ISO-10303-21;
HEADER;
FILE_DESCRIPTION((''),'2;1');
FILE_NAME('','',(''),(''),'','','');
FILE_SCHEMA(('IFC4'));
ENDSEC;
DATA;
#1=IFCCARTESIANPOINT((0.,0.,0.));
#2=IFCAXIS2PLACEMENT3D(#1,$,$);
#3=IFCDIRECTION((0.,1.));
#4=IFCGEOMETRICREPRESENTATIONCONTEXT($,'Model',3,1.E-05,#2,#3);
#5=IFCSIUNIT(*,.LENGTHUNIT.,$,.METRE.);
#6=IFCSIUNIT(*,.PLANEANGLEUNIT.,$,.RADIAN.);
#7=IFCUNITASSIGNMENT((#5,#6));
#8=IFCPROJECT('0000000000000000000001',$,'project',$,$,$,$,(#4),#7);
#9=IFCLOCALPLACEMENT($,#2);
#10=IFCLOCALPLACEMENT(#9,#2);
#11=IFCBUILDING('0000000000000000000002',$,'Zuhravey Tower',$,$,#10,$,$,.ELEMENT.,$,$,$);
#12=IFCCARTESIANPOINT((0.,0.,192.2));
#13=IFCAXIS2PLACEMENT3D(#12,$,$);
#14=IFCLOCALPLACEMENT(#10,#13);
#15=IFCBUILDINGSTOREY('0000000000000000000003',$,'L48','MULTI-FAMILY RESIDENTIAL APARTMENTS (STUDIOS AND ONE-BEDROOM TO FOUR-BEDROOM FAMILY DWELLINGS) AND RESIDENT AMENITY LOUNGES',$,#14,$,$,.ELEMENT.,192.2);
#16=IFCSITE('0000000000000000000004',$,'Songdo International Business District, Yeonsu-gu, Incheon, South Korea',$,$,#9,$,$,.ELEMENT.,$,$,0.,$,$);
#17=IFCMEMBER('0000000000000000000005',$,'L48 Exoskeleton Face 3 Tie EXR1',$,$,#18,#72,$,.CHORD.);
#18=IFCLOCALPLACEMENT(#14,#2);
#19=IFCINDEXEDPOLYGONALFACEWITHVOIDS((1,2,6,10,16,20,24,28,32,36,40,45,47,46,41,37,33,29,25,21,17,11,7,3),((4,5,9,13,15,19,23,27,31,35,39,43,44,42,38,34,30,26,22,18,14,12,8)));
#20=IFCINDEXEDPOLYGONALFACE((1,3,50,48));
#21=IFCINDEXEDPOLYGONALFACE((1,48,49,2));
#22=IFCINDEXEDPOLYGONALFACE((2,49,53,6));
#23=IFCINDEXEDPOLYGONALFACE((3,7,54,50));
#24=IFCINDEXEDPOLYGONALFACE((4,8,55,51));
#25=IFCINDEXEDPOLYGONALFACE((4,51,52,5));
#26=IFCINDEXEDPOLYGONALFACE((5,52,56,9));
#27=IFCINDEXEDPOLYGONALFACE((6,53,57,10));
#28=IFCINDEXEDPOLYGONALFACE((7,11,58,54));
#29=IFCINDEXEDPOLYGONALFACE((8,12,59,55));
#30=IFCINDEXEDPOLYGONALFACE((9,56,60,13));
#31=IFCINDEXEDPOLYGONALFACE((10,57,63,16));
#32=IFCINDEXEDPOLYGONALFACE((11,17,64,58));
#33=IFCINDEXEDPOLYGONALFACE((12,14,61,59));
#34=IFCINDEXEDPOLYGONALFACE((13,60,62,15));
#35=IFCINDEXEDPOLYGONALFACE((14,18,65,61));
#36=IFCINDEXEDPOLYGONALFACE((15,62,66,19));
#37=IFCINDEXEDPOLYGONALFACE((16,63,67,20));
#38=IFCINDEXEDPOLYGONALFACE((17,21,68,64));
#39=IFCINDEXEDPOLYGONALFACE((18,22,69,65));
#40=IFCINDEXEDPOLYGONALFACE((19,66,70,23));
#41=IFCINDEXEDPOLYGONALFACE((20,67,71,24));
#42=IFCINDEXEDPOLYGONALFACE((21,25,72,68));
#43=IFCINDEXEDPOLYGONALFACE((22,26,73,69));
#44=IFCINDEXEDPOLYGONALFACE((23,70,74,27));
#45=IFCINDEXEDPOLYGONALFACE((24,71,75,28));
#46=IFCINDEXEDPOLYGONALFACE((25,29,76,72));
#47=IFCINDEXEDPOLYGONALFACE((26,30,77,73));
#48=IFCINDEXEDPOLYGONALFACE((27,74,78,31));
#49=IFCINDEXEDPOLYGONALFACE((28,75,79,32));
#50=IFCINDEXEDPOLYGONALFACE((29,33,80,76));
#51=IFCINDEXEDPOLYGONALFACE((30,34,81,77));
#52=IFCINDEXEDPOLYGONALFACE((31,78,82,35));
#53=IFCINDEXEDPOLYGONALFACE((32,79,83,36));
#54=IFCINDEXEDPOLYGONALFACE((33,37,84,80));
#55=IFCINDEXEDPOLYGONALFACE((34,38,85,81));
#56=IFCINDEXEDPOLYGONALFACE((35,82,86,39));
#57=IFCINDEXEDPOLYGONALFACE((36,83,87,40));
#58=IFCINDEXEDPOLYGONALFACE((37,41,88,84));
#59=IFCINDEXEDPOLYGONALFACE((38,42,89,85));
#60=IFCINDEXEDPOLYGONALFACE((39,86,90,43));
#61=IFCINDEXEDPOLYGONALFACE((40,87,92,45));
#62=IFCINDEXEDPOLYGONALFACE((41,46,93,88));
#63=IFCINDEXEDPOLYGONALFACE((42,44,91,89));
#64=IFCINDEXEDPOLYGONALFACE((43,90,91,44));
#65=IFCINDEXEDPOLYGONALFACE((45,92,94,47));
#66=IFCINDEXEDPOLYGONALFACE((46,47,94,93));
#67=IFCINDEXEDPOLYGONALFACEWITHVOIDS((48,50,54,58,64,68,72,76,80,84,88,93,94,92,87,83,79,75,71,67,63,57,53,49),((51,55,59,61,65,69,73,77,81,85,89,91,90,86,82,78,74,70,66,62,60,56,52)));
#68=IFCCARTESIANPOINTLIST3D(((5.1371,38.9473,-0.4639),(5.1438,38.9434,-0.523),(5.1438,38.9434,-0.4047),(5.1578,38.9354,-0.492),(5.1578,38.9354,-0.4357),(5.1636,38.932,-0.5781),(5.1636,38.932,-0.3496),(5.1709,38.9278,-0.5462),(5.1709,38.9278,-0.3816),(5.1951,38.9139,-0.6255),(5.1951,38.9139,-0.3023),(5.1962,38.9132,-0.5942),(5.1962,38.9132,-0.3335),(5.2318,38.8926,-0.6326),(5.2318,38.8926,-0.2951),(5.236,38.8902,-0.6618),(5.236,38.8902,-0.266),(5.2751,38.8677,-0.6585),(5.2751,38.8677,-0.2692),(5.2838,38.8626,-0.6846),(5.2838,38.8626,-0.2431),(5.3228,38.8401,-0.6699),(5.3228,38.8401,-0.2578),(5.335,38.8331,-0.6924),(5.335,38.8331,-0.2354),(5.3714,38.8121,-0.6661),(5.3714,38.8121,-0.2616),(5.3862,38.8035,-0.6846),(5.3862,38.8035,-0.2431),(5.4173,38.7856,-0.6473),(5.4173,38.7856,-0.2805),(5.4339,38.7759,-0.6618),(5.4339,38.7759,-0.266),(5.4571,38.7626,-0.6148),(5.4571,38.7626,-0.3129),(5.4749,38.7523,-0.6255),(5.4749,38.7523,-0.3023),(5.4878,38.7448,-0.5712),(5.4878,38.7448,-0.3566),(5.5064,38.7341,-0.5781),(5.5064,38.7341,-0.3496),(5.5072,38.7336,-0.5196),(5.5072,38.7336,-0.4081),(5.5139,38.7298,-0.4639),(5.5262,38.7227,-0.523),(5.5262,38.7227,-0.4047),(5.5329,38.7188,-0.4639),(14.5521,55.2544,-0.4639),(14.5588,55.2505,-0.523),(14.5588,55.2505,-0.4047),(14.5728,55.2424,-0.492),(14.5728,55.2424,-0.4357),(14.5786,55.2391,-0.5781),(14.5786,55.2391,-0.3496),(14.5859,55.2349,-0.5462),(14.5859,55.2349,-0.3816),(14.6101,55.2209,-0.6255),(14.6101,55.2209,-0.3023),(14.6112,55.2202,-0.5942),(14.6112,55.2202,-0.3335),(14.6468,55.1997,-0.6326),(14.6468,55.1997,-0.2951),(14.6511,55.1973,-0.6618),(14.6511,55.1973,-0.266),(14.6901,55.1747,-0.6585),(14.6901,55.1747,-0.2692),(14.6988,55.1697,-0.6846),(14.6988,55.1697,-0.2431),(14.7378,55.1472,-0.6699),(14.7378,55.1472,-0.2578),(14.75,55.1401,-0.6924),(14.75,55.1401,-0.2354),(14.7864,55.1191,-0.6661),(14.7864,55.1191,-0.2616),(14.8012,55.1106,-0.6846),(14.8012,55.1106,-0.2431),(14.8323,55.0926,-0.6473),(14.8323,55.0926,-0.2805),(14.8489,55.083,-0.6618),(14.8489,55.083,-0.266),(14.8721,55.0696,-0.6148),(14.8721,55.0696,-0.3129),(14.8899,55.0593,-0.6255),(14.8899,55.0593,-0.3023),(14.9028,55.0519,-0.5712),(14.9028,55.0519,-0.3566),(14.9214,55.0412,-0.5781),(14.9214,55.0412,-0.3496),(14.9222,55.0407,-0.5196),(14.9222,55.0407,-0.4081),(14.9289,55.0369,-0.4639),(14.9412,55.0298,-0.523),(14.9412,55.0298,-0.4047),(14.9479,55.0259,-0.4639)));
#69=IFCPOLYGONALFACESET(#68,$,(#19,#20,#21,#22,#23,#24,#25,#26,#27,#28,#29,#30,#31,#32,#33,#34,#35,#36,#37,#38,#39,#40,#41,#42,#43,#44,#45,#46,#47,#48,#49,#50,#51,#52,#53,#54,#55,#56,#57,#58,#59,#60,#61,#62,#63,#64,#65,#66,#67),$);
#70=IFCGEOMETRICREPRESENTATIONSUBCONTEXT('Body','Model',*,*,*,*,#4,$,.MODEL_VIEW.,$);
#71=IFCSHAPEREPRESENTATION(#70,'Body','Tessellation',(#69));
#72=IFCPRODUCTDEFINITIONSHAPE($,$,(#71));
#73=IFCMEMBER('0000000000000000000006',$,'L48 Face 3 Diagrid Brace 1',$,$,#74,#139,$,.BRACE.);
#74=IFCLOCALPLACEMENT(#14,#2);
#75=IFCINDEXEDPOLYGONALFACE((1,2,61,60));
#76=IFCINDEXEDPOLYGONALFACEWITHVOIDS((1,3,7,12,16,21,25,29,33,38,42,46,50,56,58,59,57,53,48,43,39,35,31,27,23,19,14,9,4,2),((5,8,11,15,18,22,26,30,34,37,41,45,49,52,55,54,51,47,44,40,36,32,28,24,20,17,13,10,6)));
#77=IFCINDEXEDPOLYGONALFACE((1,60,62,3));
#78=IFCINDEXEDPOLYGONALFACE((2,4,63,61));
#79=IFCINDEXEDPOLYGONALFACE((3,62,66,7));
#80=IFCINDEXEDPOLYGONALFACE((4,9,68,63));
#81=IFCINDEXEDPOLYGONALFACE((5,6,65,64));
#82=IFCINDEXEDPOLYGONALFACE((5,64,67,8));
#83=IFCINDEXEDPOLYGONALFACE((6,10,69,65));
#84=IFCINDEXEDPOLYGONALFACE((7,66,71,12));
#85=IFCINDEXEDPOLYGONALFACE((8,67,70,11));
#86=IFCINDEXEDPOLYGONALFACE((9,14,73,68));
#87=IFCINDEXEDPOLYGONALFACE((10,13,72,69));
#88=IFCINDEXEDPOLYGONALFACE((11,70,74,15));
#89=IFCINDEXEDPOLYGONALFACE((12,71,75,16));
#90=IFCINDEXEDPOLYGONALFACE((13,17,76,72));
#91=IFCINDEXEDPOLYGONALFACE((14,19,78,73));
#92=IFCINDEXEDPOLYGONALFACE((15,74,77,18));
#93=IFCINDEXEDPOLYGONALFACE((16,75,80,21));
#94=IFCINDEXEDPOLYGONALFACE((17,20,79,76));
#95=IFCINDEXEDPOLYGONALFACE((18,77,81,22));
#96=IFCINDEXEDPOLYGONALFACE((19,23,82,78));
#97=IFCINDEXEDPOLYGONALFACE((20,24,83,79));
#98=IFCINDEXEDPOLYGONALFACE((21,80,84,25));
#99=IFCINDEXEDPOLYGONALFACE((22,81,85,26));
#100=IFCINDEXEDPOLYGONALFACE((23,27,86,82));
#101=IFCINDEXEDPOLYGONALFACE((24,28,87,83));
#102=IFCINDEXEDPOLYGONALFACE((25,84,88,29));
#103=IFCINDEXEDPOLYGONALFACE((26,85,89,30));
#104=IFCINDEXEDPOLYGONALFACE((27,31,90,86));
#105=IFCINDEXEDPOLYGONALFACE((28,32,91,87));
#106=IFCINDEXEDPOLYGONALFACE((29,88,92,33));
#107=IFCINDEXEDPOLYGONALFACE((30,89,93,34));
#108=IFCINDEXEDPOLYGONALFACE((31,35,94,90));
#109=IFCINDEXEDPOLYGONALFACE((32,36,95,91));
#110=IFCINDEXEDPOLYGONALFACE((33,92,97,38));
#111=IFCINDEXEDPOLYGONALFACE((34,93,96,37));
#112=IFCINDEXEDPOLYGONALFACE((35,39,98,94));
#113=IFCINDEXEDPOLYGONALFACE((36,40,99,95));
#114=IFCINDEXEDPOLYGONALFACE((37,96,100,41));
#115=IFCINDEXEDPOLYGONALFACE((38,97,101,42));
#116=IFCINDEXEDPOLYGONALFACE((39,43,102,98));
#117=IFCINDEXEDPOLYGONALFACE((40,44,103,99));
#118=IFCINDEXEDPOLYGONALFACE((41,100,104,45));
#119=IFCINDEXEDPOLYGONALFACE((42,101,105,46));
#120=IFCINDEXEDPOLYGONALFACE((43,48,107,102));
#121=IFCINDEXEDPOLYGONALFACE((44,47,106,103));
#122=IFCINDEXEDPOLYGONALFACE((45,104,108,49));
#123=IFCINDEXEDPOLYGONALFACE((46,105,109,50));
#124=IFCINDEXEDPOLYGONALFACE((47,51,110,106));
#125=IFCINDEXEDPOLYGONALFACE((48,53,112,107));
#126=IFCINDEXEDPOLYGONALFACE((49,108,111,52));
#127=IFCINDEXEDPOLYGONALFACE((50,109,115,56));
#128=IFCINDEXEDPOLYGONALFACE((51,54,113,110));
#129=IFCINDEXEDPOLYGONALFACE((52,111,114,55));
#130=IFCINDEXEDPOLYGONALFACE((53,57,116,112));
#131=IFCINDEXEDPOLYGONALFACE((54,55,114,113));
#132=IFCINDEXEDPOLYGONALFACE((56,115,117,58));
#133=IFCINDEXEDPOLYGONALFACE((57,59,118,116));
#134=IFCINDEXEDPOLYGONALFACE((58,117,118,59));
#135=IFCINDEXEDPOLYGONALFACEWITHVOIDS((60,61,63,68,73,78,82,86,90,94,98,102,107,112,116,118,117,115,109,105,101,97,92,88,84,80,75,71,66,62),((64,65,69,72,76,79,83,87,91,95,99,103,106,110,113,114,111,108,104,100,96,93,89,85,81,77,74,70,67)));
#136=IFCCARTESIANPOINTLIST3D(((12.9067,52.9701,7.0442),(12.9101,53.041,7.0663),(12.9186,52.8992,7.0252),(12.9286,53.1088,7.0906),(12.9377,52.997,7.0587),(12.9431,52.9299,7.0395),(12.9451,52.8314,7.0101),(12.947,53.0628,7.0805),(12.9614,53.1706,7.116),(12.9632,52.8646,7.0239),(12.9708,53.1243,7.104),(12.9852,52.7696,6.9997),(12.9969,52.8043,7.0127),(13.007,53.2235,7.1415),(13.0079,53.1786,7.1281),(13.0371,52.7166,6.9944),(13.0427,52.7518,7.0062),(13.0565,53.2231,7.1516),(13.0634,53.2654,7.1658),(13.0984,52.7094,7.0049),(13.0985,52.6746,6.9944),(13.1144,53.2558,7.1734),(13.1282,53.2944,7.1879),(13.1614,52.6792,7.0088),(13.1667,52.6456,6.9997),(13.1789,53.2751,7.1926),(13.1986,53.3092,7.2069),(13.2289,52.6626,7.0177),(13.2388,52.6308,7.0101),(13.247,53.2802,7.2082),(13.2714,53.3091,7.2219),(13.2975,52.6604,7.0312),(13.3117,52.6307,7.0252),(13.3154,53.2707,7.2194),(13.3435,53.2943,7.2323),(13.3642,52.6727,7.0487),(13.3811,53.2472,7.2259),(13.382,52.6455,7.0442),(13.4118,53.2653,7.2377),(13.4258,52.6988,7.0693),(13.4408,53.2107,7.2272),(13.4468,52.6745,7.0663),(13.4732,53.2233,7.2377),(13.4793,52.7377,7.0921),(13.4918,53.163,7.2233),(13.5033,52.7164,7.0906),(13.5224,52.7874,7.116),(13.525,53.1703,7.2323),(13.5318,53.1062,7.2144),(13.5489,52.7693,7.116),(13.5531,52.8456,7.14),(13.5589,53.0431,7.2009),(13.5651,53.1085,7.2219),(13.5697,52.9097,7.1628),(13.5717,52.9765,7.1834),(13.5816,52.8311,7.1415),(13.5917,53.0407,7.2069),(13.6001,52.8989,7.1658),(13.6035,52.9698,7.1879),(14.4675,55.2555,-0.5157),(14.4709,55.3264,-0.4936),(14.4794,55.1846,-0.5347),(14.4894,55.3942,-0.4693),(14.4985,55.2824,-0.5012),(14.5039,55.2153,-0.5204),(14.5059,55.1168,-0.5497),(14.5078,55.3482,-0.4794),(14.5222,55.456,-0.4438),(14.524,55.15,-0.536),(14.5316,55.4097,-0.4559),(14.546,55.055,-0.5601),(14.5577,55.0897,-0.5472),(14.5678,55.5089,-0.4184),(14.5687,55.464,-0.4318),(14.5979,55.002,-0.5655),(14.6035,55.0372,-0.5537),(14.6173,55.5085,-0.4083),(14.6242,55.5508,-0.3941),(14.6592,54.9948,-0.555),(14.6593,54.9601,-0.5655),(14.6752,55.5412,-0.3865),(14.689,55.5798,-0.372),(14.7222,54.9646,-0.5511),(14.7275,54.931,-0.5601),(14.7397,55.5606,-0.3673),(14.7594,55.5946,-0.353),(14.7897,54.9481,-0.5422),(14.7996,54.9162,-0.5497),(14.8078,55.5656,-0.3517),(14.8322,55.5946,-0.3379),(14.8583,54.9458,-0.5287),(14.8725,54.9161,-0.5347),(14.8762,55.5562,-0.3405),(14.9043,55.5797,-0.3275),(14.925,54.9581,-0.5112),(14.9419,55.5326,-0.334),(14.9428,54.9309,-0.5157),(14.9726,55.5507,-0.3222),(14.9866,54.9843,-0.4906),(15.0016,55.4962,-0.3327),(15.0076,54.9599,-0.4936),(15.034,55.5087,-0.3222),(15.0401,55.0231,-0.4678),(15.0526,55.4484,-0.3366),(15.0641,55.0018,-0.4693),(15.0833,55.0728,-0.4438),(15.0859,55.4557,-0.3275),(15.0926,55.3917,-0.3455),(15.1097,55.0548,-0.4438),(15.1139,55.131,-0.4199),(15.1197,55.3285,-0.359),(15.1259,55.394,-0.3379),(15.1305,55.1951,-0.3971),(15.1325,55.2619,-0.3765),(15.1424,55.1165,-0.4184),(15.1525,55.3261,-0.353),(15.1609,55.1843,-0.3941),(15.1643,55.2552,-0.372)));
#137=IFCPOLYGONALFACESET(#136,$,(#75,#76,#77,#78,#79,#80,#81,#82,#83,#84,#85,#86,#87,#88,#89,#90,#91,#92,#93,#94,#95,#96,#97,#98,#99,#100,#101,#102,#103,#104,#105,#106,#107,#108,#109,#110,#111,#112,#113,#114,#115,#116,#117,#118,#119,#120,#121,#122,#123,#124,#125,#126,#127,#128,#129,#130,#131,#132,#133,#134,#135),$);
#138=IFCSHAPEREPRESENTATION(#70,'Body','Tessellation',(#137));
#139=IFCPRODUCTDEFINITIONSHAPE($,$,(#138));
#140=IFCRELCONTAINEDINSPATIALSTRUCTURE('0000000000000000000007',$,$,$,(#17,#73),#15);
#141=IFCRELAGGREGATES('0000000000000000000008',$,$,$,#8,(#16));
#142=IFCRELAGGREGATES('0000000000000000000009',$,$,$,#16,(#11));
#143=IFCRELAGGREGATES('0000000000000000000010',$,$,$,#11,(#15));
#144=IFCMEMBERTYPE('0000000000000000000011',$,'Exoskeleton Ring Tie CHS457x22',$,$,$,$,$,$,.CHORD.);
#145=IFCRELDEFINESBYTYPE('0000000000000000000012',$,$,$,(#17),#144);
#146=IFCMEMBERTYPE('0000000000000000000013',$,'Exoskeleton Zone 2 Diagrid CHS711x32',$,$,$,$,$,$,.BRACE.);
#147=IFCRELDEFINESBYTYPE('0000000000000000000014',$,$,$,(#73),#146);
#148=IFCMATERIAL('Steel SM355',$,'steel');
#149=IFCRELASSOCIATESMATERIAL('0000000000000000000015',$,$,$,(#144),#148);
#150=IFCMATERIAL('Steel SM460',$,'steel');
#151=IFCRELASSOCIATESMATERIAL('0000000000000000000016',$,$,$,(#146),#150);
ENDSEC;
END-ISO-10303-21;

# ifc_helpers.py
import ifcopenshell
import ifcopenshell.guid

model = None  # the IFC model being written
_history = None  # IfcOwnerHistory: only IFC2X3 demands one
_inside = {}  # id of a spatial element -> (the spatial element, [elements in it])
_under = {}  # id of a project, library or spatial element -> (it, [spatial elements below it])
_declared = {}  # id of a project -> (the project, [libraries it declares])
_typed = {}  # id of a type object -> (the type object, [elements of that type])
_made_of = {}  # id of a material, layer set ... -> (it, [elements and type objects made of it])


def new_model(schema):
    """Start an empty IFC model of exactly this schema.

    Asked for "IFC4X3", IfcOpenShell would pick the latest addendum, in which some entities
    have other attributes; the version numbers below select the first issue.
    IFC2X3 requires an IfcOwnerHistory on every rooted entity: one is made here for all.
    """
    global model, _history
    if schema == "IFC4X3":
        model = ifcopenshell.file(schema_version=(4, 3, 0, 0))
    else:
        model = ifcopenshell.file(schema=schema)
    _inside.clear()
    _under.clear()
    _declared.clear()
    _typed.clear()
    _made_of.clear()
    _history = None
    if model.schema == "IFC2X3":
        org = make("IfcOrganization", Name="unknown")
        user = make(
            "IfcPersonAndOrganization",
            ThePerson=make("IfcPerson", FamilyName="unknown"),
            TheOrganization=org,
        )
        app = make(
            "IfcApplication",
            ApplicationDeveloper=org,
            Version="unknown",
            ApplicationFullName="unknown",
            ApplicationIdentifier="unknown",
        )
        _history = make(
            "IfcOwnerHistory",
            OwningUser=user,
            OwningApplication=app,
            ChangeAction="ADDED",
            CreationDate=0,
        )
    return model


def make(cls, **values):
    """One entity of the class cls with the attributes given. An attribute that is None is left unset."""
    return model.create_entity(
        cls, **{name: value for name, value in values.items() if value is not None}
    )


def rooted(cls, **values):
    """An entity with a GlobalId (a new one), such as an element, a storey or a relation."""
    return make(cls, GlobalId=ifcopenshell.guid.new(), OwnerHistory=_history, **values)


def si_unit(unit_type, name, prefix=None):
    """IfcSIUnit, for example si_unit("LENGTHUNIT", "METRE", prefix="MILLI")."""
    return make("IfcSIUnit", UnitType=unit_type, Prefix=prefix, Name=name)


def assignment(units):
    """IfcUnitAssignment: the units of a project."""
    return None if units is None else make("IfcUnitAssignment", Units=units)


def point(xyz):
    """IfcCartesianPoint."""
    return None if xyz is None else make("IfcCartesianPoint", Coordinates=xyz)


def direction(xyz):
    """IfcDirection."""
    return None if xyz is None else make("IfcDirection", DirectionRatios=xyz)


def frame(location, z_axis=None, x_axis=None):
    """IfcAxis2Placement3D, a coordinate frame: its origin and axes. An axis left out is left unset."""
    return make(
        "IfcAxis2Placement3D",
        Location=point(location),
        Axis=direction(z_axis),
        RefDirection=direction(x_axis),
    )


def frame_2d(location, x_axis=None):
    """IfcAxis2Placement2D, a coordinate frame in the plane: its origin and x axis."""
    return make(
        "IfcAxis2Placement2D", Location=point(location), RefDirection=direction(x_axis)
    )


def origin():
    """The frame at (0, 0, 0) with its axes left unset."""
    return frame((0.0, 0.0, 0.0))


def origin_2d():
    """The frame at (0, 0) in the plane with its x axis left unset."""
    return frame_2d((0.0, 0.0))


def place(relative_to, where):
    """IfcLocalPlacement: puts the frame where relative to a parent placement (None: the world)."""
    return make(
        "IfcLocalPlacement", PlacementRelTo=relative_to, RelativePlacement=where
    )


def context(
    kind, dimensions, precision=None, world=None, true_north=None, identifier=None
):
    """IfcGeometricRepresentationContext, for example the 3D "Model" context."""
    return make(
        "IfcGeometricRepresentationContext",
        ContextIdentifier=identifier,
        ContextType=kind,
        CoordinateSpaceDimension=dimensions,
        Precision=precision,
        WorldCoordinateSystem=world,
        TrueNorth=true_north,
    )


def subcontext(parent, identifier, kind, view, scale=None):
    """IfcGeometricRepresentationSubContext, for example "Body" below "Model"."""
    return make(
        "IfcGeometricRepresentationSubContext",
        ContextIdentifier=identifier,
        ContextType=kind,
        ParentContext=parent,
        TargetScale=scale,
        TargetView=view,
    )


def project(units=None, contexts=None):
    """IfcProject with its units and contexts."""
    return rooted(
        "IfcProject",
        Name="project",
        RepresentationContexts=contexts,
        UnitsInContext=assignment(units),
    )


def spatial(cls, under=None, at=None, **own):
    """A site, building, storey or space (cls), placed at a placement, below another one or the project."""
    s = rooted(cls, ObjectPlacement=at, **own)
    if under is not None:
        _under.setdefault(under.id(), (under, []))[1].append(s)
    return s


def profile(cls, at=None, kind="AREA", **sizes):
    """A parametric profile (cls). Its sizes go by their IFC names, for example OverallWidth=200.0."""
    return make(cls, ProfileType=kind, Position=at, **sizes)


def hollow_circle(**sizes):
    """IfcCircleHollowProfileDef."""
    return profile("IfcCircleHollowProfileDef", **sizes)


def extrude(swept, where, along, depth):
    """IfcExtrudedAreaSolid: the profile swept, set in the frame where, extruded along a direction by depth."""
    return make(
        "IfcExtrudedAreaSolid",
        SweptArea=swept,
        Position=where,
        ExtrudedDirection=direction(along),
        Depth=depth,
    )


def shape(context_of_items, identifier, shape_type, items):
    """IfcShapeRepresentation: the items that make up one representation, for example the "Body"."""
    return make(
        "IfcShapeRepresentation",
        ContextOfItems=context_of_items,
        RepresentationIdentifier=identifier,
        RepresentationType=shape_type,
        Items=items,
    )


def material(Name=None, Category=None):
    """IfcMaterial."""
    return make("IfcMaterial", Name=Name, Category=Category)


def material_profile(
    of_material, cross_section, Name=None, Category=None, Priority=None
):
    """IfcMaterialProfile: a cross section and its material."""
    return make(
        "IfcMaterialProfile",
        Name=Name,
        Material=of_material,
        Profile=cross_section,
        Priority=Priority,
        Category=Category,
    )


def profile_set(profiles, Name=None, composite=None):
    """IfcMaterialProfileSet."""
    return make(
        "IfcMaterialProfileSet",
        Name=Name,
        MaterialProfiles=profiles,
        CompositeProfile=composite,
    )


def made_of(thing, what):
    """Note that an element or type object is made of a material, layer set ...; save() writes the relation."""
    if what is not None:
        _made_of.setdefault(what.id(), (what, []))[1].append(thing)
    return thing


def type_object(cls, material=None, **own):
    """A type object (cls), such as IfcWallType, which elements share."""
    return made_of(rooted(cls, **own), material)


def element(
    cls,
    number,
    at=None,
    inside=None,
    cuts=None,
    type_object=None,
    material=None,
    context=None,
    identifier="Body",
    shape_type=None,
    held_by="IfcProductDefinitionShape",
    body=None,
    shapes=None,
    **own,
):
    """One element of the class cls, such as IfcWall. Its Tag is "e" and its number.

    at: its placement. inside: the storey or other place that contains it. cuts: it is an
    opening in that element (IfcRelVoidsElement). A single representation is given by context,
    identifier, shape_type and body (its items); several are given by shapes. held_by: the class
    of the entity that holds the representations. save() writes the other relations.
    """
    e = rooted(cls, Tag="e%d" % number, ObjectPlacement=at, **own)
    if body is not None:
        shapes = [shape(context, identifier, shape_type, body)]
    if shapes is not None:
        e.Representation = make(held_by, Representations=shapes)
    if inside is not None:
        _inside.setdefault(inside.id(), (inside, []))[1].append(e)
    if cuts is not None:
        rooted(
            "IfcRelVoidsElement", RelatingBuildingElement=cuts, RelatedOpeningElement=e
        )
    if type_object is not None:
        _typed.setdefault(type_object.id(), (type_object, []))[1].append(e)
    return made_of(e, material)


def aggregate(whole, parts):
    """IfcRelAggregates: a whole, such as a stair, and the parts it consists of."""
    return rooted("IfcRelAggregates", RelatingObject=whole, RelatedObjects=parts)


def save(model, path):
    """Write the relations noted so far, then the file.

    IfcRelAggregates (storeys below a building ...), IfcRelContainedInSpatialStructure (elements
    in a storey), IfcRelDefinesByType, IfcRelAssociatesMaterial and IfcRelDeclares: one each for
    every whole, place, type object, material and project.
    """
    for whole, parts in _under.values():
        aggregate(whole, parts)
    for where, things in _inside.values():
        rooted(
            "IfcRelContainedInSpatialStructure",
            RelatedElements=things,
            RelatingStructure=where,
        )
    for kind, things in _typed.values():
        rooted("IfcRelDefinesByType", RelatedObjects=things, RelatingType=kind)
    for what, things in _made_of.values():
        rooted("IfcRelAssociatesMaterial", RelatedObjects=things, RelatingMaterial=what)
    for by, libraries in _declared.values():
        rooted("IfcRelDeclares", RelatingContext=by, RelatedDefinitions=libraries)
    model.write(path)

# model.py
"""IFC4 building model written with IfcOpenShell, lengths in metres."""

from ifc_helpers import new_model, si_unit, direction, frame, origin, origin_2d, place, context, subcontext, project, spatial, hollow_circle, extrude, material, material_profile, profile_set, type_object, element, save


model = new_model("IFC4")

# Units and contexts
model_context = context("Model", 3, precision=1e-05, world=origin(), true_north=direction((0.0, 1.0)))
body_context = subcontext(model_context, "Body", "Model", "MODEL_VIEW")
ifc_project = project(units=[si_unit("LENGTHUNIT", "METRE"), si_unit("PLANEANGLEUNIT", "RADIAN")], contexts=[model_context])

# Site, building, storey
site_placement = place(None, origin())
site = spatial("IfcSite", under=ifc_project, at=site_placement, Name="Songdo International Business District, Yeonsu-gu, Incheon, South Korea", CompositionType="ELEMENT", RefElevation=0.0)
building_placement = place(site_placement, origin())
building = spatial("IfcBuilding", under=site, at=building_placement, Name="Zuhravey Tower", CompositionType="ELEMENT")
storey_placement = place(building_placement, frame((0.0, 0.0, 192.2)))
storey = spatial("IfcBuildingStorey", under=building, at=storey_placement, Name="L48", Description="MULTI-FAMILY RESIDENTIAL APARTMENTS (STUDIOS AND ONE-BEDROOM TO FOUR-BEDROOM FAMILY DWELLINGS) AND RESIDENT AMENITY LOUNGES", CompositionType="ELEMENT", Elevation=192.2)

# Members
ifc_material_1 = material(Name="Steel SM355", Category="steel")
ifc_material_profile_1 = material_profile(ifc_material_1, hollow_circle(Radius=0.2285, WallThickness=0.022, at=origin_2d()), Name="CHS-457.2x22")
ifc_profile_set_1 = profile_set([ifc_material_profile_1], Name="Steel SM355")
member_type_1 = type_object("IfcMemberType", Name="Exoskeleton Ring Tie CHS457x22", PredefinedType="CHORD", material=ifc_profile_set_1)
member_1_placement = place(storey_placement, frame((14.75, 55.1401, -0.4639), z_axis=(-0.500005, -0.866023, 0.0), x_axis=(0.866023, -0.500005, 0.0)))
element("IfcMember", 1, at=member_1_placement, inside=storey, type_object=member_type_1, Name="L48 Exoskeleton Face 3 Tie EXR1", PredefinedType="CHORD", context=body_context, shape_type="SweptSolid", body=[
    extrude(hollow_circle(Radius=0.2285, WallThickness=0.022, at=origin_2d()), origin(), (0.0, 0.0, 1.0), 18.8298),
])
ifc_material_2 = material(Name="Steel SM460", Category="steel")
ifc_material_profile_2 = material_profile(ifc_material_2, hollow_circle(Radius=0.3557, WallThickness=0.032, at=origin_2d()), Name="CHS-711.2x32")
ifc_profile_set_2 = profile_set([ifc_material_profile_2], Name="Steel SM460")
member_type_2 = type_object("IfcMemberType", Name="Exoskeleton Zone 2 Diagrid CHS711x32", PredefinedType="BRACE", material=ifc_profile_set_2)
member_2_placement = place(storey_placement, frame((14.8159, 55.2554, -0.4438), z_axis=(-0.193876, -0.283884, 0.939054), x_axis=(0.825796, -0.563969, 0.0)))
element("IfcMember", 2, at=member_2_placement, inside=storey, type_object=member_type_2, Name="L48 Face 3 Diagrid Brace 1", PredefinedType="BRACE", context=body_context, shape_type="SweptSolid", body=[
    extrude(hollow_circle(Radius=0.3557, WallThickness=0.032, at=origin_2d()), origin(), (0.0, 0.0, 1.0), 8.0505),
])

save(model, "model.ifc")
